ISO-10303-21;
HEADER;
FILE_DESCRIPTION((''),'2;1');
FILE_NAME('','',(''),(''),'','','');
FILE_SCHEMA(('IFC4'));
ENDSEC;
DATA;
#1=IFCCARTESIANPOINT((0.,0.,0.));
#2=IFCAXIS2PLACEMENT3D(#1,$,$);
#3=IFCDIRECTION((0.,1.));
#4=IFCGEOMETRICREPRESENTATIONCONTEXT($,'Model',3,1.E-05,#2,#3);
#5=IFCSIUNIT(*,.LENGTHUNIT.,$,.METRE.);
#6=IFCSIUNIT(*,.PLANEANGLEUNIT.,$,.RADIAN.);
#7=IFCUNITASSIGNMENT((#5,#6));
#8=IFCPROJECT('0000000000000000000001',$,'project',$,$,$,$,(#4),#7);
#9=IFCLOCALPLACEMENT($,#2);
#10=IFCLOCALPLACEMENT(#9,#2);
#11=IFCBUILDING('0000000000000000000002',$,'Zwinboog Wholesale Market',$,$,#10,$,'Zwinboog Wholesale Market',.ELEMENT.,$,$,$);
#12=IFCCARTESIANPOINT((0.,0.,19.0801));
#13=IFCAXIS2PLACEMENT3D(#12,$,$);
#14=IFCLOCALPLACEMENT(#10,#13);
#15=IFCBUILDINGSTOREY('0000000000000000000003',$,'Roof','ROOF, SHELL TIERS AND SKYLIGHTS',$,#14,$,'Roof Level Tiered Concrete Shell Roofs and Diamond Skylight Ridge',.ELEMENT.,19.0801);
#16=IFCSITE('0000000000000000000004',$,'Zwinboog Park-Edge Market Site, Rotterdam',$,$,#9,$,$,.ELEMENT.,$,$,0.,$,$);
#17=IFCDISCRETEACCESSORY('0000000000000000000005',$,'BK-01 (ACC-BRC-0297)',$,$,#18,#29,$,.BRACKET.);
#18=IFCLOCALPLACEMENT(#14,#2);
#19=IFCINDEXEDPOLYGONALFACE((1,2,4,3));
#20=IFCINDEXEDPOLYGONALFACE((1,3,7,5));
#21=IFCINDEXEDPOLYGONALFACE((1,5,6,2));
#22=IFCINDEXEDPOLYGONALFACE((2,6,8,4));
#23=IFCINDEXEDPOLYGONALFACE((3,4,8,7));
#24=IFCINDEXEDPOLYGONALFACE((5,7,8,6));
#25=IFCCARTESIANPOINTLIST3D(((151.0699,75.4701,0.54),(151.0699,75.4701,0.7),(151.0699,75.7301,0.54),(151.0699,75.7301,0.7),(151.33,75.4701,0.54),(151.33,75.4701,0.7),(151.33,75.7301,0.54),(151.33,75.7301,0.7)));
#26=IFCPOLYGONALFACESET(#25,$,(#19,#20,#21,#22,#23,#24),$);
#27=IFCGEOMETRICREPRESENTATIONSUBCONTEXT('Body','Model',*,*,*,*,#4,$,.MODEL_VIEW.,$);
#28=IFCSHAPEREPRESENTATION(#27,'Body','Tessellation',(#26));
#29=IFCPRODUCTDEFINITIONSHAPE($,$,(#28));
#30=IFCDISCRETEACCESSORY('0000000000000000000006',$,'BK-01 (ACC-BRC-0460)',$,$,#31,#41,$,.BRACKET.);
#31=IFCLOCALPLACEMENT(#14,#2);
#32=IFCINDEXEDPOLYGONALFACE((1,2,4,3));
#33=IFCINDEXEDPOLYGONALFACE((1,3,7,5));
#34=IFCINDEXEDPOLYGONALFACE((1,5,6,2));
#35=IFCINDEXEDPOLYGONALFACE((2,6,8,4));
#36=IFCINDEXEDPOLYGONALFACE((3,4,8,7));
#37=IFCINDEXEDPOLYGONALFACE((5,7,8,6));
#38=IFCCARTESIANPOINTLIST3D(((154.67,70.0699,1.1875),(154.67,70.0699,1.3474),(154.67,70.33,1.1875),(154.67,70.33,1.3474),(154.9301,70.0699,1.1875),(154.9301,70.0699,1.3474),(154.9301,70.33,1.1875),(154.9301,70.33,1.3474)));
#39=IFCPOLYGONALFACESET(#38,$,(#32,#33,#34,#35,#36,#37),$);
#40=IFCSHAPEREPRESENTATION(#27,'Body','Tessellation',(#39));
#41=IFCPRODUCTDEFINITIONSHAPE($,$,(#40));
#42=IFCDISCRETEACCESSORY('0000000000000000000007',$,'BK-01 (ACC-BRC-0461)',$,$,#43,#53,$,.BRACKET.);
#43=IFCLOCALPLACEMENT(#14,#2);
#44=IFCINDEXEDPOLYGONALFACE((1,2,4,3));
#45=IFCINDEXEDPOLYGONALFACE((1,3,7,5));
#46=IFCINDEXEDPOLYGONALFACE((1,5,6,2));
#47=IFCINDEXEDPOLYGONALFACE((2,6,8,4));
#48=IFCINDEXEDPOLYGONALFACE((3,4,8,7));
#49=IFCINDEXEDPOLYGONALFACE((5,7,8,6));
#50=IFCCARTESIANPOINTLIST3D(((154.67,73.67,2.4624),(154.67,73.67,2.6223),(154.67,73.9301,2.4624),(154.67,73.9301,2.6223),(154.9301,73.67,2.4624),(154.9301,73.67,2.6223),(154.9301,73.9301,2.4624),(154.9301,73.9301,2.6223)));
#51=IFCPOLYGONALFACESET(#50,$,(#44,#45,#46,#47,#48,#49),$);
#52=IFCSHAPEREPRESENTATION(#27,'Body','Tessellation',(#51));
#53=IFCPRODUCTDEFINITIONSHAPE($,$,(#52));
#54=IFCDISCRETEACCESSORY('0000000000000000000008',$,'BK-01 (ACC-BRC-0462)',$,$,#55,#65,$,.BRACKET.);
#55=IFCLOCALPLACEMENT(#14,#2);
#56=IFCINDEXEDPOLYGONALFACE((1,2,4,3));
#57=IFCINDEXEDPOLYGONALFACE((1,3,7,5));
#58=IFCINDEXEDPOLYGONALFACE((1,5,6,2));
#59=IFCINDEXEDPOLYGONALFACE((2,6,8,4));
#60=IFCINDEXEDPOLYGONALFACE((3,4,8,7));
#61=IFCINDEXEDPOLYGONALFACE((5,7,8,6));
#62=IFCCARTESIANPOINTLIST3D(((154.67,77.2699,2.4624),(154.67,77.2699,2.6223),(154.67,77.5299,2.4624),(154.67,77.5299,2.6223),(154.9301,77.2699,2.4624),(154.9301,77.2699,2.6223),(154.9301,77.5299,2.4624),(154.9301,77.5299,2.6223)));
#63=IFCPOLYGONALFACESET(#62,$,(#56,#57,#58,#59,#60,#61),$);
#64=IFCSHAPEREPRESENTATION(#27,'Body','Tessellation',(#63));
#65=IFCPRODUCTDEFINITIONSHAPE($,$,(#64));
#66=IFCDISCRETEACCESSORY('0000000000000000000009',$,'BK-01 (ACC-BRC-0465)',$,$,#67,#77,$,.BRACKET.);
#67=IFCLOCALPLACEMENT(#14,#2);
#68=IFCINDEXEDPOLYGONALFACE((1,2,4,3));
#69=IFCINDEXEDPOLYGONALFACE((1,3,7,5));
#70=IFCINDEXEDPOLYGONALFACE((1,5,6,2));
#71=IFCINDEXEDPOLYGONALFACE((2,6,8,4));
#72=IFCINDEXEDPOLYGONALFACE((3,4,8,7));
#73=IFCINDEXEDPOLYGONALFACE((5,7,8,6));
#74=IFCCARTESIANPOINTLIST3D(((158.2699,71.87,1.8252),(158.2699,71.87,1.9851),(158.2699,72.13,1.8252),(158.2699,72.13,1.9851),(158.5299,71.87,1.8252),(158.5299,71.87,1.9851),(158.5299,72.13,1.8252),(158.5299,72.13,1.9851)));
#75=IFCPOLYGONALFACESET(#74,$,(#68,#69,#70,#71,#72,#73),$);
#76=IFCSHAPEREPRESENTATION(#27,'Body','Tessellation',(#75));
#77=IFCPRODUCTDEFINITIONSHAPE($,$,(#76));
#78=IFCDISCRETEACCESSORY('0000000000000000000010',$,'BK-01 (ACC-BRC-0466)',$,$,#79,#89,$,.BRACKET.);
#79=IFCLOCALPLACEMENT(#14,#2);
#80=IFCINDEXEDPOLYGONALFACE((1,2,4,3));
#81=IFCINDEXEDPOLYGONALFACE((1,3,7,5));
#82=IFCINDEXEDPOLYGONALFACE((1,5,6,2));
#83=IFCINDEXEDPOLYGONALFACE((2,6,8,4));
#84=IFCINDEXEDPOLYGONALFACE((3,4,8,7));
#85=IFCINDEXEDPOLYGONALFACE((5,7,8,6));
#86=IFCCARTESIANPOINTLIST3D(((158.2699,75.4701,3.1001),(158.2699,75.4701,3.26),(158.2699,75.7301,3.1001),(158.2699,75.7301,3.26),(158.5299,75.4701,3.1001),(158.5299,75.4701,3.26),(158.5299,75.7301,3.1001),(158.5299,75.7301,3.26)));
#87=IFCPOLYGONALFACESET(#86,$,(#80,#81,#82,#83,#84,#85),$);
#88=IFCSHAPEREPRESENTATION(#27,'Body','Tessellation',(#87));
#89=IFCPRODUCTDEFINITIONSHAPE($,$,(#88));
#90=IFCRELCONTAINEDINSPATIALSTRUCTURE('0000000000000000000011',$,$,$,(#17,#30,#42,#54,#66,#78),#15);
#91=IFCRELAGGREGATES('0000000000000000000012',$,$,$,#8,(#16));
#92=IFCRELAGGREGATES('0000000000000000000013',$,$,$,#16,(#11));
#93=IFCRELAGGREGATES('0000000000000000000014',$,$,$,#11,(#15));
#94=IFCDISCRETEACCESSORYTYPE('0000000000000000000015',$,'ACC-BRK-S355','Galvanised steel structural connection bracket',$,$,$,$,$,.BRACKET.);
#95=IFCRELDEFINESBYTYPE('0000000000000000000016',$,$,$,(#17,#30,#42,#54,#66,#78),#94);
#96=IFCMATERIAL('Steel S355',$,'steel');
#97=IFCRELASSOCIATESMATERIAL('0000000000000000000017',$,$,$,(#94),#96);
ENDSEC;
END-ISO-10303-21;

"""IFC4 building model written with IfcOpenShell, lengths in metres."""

from ifc_helpers import new_model, si_unit, direction, frame, origin, origin_2d, place, context, subcontext, project, spatial, rectangle, extrude, material, type_object, element, save


model = new_model("IFC4")

# Units and contexts
model_context = context("Model", 3, precision=1e-05, world=origin(), true_north=direction((0.0, 1.0)))
body_context = subcontext(model_context, "Body", "Model", "MODEL_VIEW")
ifc_project = project(units=[si_unit("LENGTHUNIT", "METRE"), si_unit("PLANEANGLEUNIT", "RADIAN")], contexts=[model_context])

# Site, building, storey
site_placement = place(None, origin())
site = spatial("IfcSite", under=ifc_project, at=site_placement, Name="Zwinboog Park-Edge Market Site, Rotterdam", CompositionType="ELEMENT", RefElevation=0.0)
building_placement = place(site_placement, origin())
building = spatial("IfcBuilding", under=site, at=building_placement, Name="Zwinboog Wholesale Market", LongName="Zwinboog Wholesale Market", CompositionType="ELEMENT")
storey_placement = place(building_placement, frame((0.0, 0.0, 19.0801)))
storey = spatial("IfcBuildingStorey", under=building, at=storey_placement, Name="Roof", Description="ROOF, SHELL TIERS AND SKYLIGHTS", LongName="Roof Level Tiered Concrete Shell Roofs and Diamond Skylight Ridge", CompositionType="ELEMENT", Elevation=19.0801)

# Shared definitions
ifc_material_1 = material(Name="Steel S355", Category="steel")

# Discrete accessories
discrete_accessory_type = type_object("IfcDiscreteAccessoryType", Name="ACC-BRK-S355", Description="Galvanised steel structural connection bracket", PredefinedType="BRACKET", material=ifc_material_1)
for number, where, z_axis, x_axis, name in (
    (1, (151.2, 75.6001, 0.54), (0.0, 0.0, 1.0), (1.0, 0.0, 0.0), "BK-01 (ACC-BRC-0297)"),
    (2, (154.8, 70.2, 1.1875), (0.0, 0.0, 1.0), (1.0, 0.0, 0.0), "BK-01 (ACC-BRC-0460)"),
    (3, (154.8, 73.8, 2.4624), (0.0, 0.0, 1.0), (1.0, 0.0, 0.0), "BK-01 (ACC-BRC-0461)"),
    (4, (154.8, 77.3999, 2.4624), (0.0, 0.0, 1.0), (1.0, 0.0, 0.0), "BK-01 (ACC-BRC-0462)"),
    (5, (158.3999, 72.0, 1.8252), (0.0, 0.0, 1.0), (1.0, 0.0, 0.0), "BK-01 (ACC-BRC-0465)"),
    (6, (158.3999, 75.6001, 3.1001), (0.0, 0.0, 1.0), (1.0, 0.0, 0.0), "BK-01 (ACC-BRC-0466)"),
):
    element("IfcDiscreteAccessory", number, at=place(storey_placement, frame(where, z_axis=z_axis, x_axis=x_axis)), inside=storey, type_object=discrete_accessory_type, Name=name, PredefinedType="BRACKET", context=body_context, shape_type="SweptSolid", body=[
        extrude(rectangle(XDim=0.26, YDim=0.26, at=origin_2d()), origin(), (0.0, 0.0, 1.0), 0.1599),
    ])

save(model, "model.ifc")
